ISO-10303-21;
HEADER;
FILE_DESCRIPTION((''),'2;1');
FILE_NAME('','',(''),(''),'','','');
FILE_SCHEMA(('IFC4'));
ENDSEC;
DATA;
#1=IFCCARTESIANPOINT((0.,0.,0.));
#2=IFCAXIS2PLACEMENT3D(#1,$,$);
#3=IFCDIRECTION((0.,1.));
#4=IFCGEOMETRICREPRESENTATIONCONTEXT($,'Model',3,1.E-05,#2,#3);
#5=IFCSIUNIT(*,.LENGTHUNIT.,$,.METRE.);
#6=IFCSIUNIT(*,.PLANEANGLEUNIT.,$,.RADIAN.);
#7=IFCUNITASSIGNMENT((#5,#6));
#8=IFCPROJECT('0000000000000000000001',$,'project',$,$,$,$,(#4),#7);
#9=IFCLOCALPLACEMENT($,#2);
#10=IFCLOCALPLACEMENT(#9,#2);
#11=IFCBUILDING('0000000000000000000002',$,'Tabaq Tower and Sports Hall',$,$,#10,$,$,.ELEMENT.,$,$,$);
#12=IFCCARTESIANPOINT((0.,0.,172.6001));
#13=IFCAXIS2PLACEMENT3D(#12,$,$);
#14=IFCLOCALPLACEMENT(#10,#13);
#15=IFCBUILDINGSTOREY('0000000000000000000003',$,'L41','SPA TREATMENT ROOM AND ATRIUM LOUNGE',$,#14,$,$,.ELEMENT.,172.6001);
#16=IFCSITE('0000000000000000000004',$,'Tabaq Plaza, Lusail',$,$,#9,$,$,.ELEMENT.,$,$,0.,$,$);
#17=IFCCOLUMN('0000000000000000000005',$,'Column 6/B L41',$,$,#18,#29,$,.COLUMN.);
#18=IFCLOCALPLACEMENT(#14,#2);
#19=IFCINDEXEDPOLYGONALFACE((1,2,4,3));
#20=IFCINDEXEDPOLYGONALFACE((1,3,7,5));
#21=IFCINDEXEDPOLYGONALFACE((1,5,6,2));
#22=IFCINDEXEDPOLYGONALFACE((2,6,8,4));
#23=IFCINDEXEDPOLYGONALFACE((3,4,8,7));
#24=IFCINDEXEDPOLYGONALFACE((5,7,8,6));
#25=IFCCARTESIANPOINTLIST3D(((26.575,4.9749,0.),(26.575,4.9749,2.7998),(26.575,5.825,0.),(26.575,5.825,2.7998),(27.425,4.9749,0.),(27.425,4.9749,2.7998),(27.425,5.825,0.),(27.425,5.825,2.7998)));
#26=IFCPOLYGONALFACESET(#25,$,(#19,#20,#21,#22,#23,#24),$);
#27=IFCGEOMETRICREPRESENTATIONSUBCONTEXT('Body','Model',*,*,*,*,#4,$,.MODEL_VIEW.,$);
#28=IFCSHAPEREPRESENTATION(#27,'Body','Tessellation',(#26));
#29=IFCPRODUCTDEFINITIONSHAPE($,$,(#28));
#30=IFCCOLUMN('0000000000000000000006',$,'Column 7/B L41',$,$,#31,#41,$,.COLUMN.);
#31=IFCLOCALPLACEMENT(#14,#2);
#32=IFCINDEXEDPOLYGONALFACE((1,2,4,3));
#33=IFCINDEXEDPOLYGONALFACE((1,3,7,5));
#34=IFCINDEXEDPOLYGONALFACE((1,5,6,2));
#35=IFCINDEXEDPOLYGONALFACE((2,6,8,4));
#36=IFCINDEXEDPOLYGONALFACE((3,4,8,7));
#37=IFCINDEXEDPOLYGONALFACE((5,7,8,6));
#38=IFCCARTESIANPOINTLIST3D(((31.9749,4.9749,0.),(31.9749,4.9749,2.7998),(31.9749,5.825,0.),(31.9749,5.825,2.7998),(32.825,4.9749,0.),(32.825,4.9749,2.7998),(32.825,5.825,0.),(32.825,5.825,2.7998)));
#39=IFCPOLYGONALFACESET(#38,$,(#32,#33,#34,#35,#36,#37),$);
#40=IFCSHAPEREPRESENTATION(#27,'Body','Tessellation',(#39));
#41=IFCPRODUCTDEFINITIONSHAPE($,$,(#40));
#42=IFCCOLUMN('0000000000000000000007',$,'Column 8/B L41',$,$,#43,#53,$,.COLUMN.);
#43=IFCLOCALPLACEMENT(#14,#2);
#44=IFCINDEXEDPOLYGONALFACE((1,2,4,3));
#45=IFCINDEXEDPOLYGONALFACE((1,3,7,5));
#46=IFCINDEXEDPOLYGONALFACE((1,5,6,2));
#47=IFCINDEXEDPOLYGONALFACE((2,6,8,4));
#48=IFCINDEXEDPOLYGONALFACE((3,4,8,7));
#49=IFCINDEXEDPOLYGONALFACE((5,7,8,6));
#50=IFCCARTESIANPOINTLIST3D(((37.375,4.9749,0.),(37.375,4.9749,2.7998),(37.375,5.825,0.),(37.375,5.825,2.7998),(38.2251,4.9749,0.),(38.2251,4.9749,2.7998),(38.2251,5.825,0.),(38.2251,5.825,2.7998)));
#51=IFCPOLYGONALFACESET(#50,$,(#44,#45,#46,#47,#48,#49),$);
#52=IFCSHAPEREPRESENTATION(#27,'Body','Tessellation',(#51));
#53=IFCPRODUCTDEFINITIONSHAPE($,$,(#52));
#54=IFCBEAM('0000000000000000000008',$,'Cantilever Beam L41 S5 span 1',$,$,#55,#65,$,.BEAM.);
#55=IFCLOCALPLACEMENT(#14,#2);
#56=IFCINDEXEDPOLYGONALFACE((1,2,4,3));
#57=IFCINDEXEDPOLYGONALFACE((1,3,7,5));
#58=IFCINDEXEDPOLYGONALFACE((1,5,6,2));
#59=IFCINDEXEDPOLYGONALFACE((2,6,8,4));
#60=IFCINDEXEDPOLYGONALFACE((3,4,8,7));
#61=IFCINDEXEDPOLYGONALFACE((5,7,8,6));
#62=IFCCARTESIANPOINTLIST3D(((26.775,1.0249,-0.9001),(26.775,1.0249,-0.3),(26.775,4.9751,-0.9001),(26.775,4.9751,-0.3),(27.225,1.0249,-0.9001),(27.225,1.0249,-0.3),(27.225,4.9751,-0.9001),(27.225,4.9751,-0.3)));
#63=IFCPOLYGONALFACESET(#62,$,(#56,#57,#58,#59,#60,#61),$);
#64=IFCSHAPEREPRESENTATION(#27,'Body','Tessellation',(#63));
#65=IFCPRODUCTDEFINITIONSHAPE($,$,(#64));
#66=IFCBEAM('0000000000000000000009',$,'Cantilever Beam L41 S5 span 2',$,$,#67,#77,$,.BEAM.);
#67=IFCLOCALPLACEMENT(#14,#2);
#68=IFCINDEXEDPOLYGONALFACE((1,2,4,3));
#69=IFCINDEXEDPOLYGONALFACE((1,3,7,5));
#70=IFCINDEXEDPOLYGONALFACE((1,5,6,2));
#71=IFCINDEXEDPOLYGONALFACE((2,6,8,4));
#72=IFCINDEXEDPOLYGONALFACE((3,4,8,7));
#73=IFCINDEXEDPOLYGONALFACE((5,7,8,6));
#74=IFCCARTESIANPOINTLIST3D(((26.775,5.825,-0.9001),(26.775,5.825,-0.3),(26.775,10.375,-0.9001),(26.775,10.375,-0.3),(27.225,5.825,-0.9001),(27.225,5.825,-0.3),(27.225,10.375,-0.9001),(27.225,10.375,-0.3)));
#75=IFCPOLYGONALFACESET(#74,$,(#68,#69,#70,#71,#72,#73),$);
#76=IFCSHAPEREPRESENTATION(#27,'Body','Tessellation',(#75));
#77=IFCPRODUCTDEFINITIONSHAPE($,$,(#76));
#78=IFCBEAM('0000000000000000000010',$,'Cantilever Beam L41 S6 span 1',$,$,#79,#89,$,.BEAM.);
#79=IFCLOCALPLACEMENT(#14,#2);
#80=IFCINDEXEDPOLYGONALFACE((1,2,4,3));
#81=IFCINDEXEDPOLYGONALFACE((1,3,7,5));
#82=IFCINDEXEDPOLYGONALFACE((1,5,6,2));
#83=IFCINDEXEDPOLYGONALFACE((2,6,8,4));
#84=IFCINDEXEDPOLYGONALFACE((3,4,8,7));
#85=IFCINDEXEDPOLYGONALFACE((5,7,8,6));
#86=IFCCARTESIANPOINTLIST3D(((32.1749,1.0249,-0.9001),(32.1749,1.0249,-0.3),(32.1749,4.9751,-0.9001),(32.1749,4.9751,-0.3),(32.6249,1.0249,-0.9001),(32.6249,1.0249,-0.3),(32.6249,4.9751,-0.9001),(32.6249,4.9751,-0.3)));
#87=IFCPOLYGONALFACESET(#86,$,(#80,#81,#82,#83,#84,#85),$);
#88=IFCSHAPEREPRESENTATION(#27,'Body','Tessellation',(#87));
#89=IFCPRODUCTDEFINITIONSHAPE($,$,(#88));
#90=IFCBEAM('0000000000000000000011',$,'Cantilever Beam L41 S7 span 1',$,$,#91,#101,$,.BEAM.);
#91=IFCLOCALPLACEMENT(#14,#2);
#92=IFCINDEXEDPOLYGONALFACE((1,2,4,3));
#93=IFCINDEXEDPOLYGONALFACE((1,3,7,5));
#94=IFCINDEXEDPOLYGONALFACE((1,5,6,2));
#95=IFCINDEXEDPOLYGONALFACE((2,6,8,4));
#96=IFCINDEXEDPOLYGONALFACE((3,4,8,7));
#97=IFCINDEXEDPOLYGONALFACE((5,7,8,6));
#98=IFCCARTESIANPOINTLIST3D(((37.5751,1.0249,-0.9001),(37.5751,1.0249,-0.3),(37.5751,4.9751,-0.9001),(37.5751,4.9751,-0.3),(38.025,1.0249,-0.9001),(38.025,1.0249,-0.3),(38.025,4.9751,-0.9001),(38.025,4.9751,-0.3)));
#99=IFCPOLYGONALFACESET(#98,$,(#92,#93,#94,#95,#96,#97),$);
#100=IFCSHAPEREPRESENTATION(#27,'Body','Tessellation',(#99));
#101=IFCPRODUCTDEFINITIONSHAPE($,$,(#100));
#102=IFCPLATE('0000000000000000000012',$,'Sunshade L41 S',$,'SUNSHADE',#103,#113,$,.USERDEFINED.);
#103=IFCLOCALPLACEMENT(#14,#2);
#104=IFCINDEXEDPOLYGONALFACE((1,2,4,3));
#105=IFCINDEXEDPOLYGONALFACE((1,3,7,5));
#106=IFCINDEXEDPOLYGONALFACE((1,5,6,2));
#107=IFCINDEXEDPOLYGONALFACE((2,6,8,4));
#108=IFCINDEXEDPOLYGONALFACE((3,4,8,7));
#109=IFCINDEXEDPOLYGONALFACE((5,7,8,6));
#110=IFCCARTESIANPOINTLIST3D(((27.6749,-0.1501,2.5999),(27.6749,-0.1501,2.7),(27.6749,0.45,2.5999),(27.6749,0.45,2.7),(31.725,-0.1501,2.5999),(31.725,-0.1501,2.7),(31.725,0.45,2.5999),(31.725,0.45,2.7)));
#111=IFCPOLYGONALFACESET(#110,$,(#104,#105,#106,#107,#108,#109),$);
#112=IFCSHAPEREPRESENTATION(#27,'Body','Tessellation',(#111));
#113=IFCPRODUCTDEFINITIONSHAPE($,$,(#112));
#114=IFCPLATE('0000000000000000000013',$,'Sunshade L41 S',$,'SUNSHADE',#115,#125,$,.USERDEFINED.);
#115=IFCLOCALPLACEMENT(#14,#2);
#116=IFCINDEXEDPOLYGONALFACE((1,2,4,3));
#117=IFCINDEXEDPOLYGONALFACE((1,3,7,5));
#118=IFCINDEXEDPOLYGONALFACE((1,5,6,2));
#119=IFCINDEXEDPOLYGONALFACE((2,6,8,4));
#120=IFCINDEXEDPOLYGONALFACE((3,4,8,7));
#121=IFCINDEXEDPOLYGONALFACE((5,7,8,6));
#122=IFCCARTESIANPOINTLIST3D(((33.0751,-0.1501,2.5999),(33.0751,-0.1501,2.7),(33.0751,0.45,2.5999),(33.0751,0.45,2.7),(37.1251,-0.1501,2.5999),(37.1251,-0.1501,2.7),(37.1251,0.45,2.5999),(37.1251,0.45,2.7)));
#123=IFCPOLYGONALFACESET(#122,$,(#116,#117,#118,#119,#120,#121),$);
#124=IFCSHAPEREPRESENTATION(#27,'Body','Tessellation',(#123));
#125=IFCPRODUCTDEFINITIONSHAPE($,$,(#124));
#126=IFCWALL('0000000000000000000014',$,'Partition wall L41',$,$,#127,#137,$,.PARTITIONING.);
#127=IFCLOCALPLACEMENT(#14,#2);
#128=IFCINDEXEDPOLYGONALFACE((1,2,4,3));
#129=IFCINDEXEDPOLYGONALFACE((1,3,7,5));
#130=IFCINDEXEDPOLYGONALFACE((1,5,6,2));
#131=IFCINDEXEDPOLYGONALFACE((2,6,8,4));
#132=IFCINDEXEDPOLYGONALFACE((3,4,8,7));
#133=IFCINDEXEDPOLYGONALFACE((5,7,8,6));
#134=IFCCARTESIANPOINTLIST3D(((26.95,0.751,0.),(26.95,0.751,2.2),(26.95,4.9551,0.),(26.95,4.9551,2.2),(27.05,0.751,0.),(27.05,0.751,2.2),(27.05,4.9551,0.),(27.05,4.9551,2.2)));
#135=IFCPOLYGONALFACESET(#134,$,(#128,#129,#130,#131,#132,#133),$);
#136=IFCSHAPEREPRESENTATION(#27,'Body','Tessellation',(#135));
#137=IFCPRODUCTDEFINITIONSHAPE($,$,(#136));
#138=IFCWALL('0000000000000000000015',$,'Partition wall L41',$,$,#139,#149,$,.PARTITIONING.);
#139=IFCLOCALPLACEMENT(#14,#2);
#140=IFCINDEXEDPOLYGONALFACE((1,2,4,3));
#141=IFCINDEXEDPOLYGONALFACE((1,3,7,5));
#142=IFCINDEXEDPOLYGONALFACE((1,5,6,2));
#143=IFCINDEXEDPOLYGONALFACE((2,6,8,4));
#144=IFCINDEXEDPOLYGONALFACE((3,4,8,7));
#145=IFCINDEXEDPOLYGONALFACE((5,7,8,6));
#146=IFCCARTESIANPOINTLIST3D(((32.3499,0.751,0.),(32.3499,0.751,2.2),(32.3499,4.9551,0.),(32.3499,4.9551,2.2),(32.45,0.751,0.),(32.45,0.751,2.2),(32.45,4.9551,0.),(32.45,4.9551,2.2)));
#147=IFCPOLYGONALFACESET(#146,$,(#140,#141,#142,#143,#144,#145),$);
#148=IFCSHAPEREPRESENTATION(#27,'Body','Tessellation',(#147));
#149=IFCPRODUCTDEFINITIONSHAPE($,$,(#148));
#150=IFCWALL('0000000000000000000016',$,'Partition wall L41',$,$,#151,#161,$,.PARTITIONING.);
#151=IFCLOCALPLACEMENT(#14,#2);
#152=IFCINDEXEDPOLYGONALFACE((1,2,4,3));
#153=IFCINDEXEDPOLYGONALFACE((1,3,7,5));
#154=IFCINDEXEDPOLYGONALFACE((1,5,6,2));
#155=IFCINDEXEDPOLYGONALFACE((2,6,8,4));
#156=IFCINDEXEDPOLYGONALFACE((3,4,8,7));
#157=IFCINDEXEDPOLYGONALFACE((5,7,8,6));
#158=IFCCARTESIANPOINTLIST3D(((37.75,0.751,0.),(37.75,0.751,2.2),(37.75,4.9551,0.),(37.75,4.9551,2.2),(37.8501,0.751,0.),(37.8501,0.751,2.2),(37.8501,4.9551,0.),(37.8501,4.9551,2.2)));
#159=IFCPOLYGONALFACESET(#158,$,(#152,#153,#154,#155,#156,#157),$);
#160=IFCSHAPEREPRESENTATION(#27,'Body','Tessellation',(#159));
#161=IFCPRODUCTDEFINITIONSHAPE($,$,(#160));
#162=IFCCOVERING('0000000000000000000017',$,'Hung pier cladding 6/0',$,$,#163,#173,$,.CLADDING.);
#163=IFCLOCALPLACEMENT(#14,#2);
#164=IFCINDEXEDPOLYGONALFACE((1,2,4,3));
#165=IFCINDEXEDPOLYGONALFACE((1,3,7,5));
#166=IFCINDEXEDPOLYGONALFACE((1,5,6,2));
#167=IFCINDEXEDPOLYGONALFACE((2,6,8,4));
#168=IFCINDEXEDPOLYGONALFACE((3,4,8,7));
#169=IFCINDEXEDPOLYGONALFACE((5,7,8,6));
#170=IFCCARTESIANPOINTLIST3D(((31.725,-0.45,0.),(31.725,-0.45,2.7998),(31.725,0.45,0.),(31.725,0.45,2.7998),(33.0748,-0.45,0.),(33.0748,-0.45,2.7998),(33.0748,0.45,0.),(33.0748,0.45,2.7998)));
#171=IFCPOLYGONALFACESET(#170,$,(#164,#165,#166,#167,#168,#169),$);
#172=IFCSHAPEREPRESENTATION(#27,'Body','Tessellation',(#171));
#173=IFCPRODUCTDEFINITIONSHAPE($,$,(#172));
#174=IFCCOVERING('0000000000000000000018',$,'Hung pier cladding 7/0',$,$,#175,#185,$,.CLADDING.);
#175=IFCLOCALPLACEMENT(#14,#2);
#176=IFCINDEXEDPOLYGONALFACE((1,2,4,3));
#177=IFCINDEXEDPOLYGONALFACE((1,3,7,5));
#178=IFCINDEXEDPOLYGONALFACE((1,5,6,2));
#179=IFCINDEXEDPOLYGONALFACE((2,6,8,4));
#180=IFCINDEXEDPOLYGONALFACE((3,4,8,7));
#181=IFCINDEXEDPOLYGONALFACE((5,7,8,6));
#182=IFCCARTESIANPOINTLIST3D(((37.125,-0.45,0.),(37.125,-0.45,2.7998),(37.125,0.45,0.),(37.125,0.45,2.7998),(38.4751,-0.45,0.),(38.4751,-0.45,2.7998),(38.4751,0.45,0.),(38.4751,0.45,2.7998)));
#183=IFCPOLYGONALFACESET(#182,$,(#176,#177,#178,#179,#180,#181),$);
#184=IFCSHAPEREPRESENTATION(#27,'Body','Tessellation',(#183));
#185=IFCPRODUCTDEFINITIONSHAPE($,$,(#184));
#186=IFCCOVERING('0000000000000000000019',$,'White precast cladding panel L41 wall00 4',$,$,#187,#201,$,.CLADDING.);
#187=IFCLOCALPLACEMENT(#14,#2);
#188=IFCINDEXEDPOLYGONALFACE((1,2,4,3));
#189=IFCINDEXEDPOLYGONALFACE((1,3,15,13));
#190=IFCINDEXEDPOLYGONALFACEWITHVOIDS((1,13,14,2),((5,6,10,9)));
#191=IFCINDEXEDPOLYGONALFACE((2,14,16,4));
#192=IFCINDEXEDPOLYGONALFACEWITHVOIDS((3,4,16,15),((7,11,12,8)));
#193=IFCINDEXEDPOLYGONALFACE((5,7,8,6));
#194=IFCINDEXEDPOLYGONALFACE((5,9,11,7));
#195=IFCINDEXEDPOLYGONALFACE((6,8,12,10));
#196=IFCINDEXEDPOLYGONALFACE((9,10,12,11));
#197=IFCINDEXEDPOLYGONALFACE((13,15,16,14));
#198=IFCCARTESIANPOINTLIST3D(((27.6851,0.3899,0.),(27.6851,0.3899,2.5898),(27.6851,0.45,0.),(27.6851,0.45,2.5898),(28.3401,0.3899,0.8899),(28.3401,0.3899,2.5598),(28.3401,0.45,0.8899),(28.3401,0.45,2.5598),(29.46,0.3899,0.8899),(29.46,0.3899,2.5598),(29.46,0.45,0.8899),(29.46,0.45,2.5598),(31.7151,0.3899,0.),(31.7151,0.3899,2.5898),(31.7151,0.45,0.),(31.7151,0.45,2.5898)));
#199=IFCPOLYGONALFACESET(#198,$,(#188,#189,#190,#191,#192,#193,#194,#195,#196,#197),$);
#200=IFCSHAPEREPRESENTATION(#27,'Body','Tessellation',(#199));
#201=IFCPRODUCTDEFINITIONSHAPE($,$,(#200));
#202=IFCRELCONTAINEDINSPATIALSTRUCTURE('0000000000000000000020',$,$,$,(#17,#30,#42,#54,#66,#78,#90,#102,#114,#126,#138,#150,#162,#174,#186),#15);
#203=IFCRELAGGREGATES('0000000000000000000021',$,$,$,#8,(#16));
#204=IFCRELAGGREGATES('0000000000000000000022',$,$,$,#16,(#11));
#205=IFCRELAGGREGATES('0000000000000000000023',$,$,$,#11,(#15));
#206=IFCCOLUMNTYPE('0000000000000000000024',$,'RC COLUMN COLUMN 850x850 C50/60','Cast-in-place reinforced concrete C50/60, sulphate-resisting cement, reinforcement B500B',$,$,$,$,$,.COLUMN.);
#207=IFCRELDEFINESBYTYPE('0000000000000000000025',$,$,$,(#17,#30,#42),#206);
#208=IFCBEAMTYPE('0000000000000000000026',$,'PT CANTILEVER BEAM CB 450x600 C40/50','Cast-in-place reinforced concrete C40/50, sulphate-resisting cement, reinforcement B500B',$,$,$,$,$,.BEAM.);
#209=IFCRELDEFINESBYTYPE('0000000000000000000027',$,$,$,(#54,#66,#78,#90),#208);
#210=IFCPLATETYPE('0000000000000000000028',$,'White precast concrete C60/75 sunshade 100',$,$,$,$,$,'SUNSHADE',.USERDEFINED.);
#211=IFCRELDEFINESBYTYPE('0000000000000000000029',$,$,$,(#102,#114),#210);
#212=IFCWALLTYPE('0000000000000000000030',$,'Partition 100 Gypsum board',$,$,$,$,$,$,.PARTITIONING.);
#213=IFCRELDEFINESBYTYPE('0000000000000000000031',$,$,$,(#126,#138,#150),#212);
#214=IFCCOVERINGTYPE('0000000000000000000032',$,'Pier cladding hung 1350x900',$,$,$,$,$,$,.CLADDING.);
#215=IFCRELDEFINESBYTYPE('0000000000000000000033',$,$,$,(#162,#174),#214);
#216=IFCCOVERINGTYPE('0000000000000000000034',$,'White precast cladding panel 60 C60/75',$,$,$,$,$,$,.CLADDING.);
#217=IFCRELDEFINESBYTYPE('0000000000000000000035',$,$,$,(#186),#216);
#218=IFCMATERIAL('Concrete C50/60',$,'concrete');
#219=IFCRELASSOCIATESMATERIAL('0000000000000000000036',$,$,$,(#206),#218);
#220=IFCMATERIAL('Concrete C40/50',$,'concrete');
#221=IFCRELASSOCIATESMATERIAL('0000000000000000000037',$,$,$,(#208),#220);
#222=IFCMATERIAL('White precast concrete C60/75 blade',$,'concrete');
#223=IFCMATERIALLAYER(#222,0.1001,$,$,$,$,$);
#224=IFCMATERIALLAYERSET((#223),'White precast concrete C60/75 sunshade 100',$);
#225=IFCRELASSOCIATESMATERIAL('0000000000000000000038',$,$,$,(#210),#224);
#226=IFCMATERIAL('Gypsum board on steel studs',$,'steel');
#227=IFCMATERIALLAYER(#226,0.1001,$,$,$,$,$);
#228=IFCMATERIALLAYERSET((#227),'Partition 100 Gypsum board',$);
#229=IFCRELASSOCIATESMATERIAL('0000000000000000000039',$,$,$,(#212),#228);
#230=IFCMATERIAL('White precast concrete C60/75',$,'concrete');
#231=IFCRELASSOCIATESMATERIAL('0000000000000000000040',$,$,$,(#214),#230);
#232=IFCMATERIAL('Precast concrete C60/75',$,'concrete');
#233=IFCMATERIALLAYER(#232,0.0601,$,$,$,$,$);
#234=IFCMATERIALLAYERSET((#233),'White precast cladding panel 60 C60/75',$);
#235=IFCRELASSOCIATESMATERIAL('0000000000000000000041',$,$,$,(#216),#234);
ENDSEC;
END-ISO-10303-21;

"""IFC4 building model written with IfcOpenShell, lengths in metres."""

from ifc_helpers import new_model, si_unit, direction, frame, frame_2d, origin, origin_2d, place, context, subcontext, project, spatial, polyline, rectangle, outline, extrude, material, layer, layer_set, material_profile, profile_set, type_object, element, save


model = new_model("IFC4")

# Units and contexts
model_context = context("Model", 3, precision=1e-05, world=origin(), true_north=direction((0.0, 1.0)))
body_context = subcontext(model_context, "Body", "Model", "MODEL_VIEW")
ifc_project = project(units=[si_unit("LENGTHUNIT", "METRE"), si_unit("PLANEANGLEUNIT", "RADIAN")], contexts=[model_context])

# Site, building, storey
site_placement = place(None, origin())
site = spatial("IfcSite", under=ifc_project, at=site_placement, Name="Tabaq Plaza, Lusail", CompositionType="ELEMENT", RefElevation=0.0)
building_placement = place(site_placement, origin())
building = spatial("IfcBuilding", under=site, at=building_placement, Name="Tabaq Tower and Sports Hall", CompositionType="ELEMENT")
storey_placement = place(building_placement, frame((0.0, 0.0, 172.6001)))
storey = spatial("IfcBuildingStorey", under=building, at=storey_placement, Name="L41", Description="SPA TREATMENT ROOM AND ATRIUM LOUNGE", CompositionType="ELEMENT", Elevation=172.6001)

# Columns
ifc_material_1 = material(Name="Concrete C50/60", Category="concrete")
ifc_material_profile_1 = material_profile(ifc_material_1, rectangle(XDim=0.8501, YDim=0.8501, at=origin_2d()), Name="COLUMN 850x850")
ifc_profile_set_1 = profile_set([ifc_material_profile_1], Name="Concrete C50/60")
column_type = type_object("IfcColumnType", Name="RC COLUMN COLUMN 850x850 C50/60", Description="Cast-in-place reinforced concrete C50/60, sulphate-resisting cement, reinforcement B500B", PredefinedType="COLUMN", material=ifc_profile_set_1)
for number, where, z_axis, x_axis, name in (
    (1, (27.0, 5.3999, 0.0), (0.0, 0.0, 1.0), (1.0, 0.0, 0.0), "Column 6/B L41"),
    (2, (32.3999, 5.3999, 0.0), (0.0, 0.0, 1.0), (1.0, 0.0, 0.0), "Column 7/B L41"),
    (3, (37.8, 5.3999, 0.0), (0.0, 0.0, 1.0), (1.0, 0.0, 0.0), "Column 8/B L41"),
):
    element("IfcColumn", number, at=place(storey_placement, frame(where, z_axis=z_axis, x_axis=x_axis)), inside=storey, type_object=column_type, Name=name, PredefinedType="COLUMN", context=body_context, shape_type="SweptSolid", body=[
        extrude(rectangle(XDim=0.8501, YDim=0.8501, at=origin_2d()), origin(), (0.0, 0.0, 1.0), 2.7998),
    ])

# Beams
ifc_material_2 = material(Name="Concrete C40/50", Category="concrete")
ifc_material_profile_2 = material_profile(ifc_material_2, rectangle(XDim=0.45, YDim=0.6001, at=origin_2d()), Name="CB 450x600")
ifc_profile_set_2 = profile_set([ifc_material_profile_2], Name="Concrete C40/50")
beam_type = type_object("IfcBeamType", Name="PT CANTILEVER BEAM CB 450x600 C40/50", Description="Cast-in-place reinforced concrete C40/50, sulphate-resisting cement, reinforcement B500B", PredefinedType="BEAM", material=ifc_profile_set_2)
beam_1_placement = place(storey_placement, frame((27.0, 1.0249, -0.6001), z_axis=(0.0, 1.0, 0.0), x_axis=(-1.0, 0.0, 0.0)))
element("IfcBeam", 4, at=beam_1_placement, inside=storey, type_object=beam_type, Name="Cantilever Beam L41 S5 span 1", PredefinedType="BEAM", context=body_context, shape_type="SweptSolid", body=[
    extrude(rectangle(XDim=0.45, YDim=0.6001, at=origin_2d()), origin(), (0.0, 0.0, 1.0), 3.9502),
])
beam_2_placement = place(storey_placement, frame((27.0, 5.825, -0.6001), z_axis=(0.0, 1.0, 0.0), x_axis=(-1.0, 0.0, 0.0)))
element("IfcBeam", 5, at=beam_2_placement, inside=storey, type_object=beam_type, Name="Cantilever Beam L41 S5 span 2", PredefinedType="BEAM", context=body_context, shape_type="SweptSolid", body=[
    extrude(rectangle(XDim=0.45, YDim=0.6001, at=origin_2d()), origin(), (0.0, 0.0, 1.0), 4.55),
])
for number, where, z_axis, x_axis, name in (
    (6, (32.3999, 1.0249, -0.6001), (0.0, 1.0, 0.0), (-1.0, 0.0, 0.0), "Cantilever Beam L41 S6 span 1"),
    (7, (37.8, 1.0249, -0.6001), (0.0, 1.0, 0.0), (-1.0, 0.0, 0.0), "Cantilever Beam L41 S7 span 1"),
):
    element("IfcBeam", number, at=place(storey_placement, frame(where, z_axis=z_axis, x_axis=x_axis)), inside=storey, type_object=beam_type, Name=name, PredefinedType="BEAM", context=body_context, shape_type="SweptSolid", body=[
        extrude(rectangle(XDim=0.45, YDim=0.6001, at=origin_2d()), origin(), (0.0, 0.0, 1.0), 3.9502),
    ])

# Plates
ifc_material_3 = material(Name="White precast concrete C60/75 blade", Category="concrete")
ifc_layer_1 = layer(ifc_material_3, 0.1001)
ifc_layer_set_1 = layer_set([ifc_layer_1], Name="White precast concrete C60/75 sunshade 100")
plate_type = type_object("IfcPlateType", Name="White precast concrete C60/75 sunshade 100", ElementType="SUNSHADE", PredefinedType="USERDEFINED", material=ifc_layer_set_1)
for number, where, z_axis, x_axis, name in (
    (8, (29.7, 0.1499, 2.5999), (0.0, 0.0, 1.0), (1.0, 0.0, 0.0), "Sunshade L41 S"),
    (9, (35.1001, 0.1499, 2.5999), (0.0, 0.0, 1.0), (1.0, 0.0, 0.0), "Sunshade L41 S"),
):
    element("IfcPlate", number, at=place(storey_placement, frame(where, z_axis=z_axis, x_axis=x_axis)), inside=storey, type_object=plate_type, Name=name, ObjectType="SUNSHADE", PredefinedType="USERDEFINED", context=body_context, shape_type="SweptSolid", body=[
        extrude(rectangle(XDim=4.05, YDim=0.6001, at=origin_2d()), origin(), (0.0, 0.0, 1.0), 0.1001),
    ])

# Walls
ifc_material_4 = material(Name="Gypsum board on steel studs", Category="steel")
ifc_layer_2 = layer(ifc_material_4, 0.1001)
ifc_layer_set_2 = layer_set([ifc_layer_2], Name="Partition 100 Gypsum board")
wall_type = type_object("IfcWallType", Name="Partition 100 Gypsum board", PredefinedType="PARTITIONING", material=ifc_layer_set_2)
for number, where, z_axis, x_axis, name in (
    (10, (27.0, 0.751, 0.0), (0.0, 0.0, 1.0), (0.0, 1.0, 0.0), "Partition wall L41"),
    (11, (32.3999, 0.751, 0.0), (0.0, 0.0, 1.0), (0.0, 1.0, 0.0), "Partition wall L41"),
    (12, (37.8, 0.751, 0.0), (0.0, 0.0, 1.0), (0.0, 1.0, 0.0), "Partition wall L41"),
):
    element("IfcWall", number, at=place(storey_placement, frame(where, z_axis=z_axis, x_axis=x_axis)), inside=storey, type_object=wall_type, Name=name, PredefinedType="PARTITIONING", context=body_context, shape_type="SweptSolid", body=[
        extrude(rectangle(XDim=4.2041, YDim=0.1001, at=frame_2d((2.1021, 0.0))), origin(), (0.0, 0.0, 1.0), 2.2),
    ])

# Coverings
ifc_material_5 = material(Name="White precast concrete C60/75", Category="concrete")
covering_type_1 = type_object("IfcCoveringType", Name="Pier cladding hung 1350x900", PredefinedType="CLADDING", material=ifc_material_5)
covering_1_placement = place(storey_placement, frame((31.7251, 0.0, 0.0), z_axis=(0.0, 0.0, 1.0), x_axis=(1.0, 0.0, 0.0)))
element("IfcCovering", 13, at=covering_1_placement, inside=storey, type_object=covering_type_1, Name="Hung pier cladding 6/0", PredefinedType="CLADDING", context=body_context, shape_type="SweptSolid", body=[
    extrude(rectangle(XDim=1.3499, YDim=0.8999, at=frame_2d((0.6748, 0.0))), origin(), (0.0, 0.0, 1.0), 2.7998),
])
covering_2_placement = place(storey_placement, frame((37.125, 0.0, 0.0), z_axis=(0.0, 0.0, 1.0), x_axis=(1.0, 0.0, 0.0)))
element("IfcCovering", 14, at=covering_2_placement, inside=storey, type_object=covering_type_1, Name="Hung pier cladding 7/0", PredefinedType="CLADDING", context=body_context, shape_type="SweptSolid", body=[
    extrude(rectangle(XDim=1.3501, YDim=0.8999, at=frame_2d((0.675, 0.0))), origin(), (0.0, 0.0, 1.0), 2.7998),
])
ifc_material_6 = material(Name="Precast concrete C60/75", Category="concrete")
ifc_layer_3 = layer(ifc_material_6, 0.0601)
ifc_layer_set_3 = layer_set([ifc_layer_3], Name="White precast cladding panel 60 C60/75")
covering_type_2 = type_object("IfcCoveringType", Name="White precast cladding panel 60 C60/75", PredefinedType="CLADDING", material=ifc_layer_set_3)
covering_3_placement = place(storey_placement, frame((27.6851, 0.4199, 0.0), z_axis=(0.0, 0.0, 1.0), x_axis=(1.0, 0.0, 0.0)))
element("IfcCovering", 15, at=covering_3_placement, inside=storey, type_object=covering_type_2, Name="White precast cladding panel L41 wall00 4", PredefinedType="CLADDING", context=body_context, shape_type="SweptSolid", body=[
    extrude(outline(polyline([(0.0, 0.0), (4.03, 0.0), (4.03, 2.5898), (0.0, 2.5898), (0.0, 0.0)]), holes=[polyline([(1.7749, 0.8899), (0.655, 0.8899), (0.655, 2.5598), (1.7749, 2.5598), (1.7749, 0.8899)])]), frame((0.0, 0.03, 0.0), z_axis=(0.0, -1.0, 0.0), x_axis=(1.0, 0.0, 0.0)), (0.0, 0.0, 1.0), 0.0601),
])

save(model, "model.ifc")
